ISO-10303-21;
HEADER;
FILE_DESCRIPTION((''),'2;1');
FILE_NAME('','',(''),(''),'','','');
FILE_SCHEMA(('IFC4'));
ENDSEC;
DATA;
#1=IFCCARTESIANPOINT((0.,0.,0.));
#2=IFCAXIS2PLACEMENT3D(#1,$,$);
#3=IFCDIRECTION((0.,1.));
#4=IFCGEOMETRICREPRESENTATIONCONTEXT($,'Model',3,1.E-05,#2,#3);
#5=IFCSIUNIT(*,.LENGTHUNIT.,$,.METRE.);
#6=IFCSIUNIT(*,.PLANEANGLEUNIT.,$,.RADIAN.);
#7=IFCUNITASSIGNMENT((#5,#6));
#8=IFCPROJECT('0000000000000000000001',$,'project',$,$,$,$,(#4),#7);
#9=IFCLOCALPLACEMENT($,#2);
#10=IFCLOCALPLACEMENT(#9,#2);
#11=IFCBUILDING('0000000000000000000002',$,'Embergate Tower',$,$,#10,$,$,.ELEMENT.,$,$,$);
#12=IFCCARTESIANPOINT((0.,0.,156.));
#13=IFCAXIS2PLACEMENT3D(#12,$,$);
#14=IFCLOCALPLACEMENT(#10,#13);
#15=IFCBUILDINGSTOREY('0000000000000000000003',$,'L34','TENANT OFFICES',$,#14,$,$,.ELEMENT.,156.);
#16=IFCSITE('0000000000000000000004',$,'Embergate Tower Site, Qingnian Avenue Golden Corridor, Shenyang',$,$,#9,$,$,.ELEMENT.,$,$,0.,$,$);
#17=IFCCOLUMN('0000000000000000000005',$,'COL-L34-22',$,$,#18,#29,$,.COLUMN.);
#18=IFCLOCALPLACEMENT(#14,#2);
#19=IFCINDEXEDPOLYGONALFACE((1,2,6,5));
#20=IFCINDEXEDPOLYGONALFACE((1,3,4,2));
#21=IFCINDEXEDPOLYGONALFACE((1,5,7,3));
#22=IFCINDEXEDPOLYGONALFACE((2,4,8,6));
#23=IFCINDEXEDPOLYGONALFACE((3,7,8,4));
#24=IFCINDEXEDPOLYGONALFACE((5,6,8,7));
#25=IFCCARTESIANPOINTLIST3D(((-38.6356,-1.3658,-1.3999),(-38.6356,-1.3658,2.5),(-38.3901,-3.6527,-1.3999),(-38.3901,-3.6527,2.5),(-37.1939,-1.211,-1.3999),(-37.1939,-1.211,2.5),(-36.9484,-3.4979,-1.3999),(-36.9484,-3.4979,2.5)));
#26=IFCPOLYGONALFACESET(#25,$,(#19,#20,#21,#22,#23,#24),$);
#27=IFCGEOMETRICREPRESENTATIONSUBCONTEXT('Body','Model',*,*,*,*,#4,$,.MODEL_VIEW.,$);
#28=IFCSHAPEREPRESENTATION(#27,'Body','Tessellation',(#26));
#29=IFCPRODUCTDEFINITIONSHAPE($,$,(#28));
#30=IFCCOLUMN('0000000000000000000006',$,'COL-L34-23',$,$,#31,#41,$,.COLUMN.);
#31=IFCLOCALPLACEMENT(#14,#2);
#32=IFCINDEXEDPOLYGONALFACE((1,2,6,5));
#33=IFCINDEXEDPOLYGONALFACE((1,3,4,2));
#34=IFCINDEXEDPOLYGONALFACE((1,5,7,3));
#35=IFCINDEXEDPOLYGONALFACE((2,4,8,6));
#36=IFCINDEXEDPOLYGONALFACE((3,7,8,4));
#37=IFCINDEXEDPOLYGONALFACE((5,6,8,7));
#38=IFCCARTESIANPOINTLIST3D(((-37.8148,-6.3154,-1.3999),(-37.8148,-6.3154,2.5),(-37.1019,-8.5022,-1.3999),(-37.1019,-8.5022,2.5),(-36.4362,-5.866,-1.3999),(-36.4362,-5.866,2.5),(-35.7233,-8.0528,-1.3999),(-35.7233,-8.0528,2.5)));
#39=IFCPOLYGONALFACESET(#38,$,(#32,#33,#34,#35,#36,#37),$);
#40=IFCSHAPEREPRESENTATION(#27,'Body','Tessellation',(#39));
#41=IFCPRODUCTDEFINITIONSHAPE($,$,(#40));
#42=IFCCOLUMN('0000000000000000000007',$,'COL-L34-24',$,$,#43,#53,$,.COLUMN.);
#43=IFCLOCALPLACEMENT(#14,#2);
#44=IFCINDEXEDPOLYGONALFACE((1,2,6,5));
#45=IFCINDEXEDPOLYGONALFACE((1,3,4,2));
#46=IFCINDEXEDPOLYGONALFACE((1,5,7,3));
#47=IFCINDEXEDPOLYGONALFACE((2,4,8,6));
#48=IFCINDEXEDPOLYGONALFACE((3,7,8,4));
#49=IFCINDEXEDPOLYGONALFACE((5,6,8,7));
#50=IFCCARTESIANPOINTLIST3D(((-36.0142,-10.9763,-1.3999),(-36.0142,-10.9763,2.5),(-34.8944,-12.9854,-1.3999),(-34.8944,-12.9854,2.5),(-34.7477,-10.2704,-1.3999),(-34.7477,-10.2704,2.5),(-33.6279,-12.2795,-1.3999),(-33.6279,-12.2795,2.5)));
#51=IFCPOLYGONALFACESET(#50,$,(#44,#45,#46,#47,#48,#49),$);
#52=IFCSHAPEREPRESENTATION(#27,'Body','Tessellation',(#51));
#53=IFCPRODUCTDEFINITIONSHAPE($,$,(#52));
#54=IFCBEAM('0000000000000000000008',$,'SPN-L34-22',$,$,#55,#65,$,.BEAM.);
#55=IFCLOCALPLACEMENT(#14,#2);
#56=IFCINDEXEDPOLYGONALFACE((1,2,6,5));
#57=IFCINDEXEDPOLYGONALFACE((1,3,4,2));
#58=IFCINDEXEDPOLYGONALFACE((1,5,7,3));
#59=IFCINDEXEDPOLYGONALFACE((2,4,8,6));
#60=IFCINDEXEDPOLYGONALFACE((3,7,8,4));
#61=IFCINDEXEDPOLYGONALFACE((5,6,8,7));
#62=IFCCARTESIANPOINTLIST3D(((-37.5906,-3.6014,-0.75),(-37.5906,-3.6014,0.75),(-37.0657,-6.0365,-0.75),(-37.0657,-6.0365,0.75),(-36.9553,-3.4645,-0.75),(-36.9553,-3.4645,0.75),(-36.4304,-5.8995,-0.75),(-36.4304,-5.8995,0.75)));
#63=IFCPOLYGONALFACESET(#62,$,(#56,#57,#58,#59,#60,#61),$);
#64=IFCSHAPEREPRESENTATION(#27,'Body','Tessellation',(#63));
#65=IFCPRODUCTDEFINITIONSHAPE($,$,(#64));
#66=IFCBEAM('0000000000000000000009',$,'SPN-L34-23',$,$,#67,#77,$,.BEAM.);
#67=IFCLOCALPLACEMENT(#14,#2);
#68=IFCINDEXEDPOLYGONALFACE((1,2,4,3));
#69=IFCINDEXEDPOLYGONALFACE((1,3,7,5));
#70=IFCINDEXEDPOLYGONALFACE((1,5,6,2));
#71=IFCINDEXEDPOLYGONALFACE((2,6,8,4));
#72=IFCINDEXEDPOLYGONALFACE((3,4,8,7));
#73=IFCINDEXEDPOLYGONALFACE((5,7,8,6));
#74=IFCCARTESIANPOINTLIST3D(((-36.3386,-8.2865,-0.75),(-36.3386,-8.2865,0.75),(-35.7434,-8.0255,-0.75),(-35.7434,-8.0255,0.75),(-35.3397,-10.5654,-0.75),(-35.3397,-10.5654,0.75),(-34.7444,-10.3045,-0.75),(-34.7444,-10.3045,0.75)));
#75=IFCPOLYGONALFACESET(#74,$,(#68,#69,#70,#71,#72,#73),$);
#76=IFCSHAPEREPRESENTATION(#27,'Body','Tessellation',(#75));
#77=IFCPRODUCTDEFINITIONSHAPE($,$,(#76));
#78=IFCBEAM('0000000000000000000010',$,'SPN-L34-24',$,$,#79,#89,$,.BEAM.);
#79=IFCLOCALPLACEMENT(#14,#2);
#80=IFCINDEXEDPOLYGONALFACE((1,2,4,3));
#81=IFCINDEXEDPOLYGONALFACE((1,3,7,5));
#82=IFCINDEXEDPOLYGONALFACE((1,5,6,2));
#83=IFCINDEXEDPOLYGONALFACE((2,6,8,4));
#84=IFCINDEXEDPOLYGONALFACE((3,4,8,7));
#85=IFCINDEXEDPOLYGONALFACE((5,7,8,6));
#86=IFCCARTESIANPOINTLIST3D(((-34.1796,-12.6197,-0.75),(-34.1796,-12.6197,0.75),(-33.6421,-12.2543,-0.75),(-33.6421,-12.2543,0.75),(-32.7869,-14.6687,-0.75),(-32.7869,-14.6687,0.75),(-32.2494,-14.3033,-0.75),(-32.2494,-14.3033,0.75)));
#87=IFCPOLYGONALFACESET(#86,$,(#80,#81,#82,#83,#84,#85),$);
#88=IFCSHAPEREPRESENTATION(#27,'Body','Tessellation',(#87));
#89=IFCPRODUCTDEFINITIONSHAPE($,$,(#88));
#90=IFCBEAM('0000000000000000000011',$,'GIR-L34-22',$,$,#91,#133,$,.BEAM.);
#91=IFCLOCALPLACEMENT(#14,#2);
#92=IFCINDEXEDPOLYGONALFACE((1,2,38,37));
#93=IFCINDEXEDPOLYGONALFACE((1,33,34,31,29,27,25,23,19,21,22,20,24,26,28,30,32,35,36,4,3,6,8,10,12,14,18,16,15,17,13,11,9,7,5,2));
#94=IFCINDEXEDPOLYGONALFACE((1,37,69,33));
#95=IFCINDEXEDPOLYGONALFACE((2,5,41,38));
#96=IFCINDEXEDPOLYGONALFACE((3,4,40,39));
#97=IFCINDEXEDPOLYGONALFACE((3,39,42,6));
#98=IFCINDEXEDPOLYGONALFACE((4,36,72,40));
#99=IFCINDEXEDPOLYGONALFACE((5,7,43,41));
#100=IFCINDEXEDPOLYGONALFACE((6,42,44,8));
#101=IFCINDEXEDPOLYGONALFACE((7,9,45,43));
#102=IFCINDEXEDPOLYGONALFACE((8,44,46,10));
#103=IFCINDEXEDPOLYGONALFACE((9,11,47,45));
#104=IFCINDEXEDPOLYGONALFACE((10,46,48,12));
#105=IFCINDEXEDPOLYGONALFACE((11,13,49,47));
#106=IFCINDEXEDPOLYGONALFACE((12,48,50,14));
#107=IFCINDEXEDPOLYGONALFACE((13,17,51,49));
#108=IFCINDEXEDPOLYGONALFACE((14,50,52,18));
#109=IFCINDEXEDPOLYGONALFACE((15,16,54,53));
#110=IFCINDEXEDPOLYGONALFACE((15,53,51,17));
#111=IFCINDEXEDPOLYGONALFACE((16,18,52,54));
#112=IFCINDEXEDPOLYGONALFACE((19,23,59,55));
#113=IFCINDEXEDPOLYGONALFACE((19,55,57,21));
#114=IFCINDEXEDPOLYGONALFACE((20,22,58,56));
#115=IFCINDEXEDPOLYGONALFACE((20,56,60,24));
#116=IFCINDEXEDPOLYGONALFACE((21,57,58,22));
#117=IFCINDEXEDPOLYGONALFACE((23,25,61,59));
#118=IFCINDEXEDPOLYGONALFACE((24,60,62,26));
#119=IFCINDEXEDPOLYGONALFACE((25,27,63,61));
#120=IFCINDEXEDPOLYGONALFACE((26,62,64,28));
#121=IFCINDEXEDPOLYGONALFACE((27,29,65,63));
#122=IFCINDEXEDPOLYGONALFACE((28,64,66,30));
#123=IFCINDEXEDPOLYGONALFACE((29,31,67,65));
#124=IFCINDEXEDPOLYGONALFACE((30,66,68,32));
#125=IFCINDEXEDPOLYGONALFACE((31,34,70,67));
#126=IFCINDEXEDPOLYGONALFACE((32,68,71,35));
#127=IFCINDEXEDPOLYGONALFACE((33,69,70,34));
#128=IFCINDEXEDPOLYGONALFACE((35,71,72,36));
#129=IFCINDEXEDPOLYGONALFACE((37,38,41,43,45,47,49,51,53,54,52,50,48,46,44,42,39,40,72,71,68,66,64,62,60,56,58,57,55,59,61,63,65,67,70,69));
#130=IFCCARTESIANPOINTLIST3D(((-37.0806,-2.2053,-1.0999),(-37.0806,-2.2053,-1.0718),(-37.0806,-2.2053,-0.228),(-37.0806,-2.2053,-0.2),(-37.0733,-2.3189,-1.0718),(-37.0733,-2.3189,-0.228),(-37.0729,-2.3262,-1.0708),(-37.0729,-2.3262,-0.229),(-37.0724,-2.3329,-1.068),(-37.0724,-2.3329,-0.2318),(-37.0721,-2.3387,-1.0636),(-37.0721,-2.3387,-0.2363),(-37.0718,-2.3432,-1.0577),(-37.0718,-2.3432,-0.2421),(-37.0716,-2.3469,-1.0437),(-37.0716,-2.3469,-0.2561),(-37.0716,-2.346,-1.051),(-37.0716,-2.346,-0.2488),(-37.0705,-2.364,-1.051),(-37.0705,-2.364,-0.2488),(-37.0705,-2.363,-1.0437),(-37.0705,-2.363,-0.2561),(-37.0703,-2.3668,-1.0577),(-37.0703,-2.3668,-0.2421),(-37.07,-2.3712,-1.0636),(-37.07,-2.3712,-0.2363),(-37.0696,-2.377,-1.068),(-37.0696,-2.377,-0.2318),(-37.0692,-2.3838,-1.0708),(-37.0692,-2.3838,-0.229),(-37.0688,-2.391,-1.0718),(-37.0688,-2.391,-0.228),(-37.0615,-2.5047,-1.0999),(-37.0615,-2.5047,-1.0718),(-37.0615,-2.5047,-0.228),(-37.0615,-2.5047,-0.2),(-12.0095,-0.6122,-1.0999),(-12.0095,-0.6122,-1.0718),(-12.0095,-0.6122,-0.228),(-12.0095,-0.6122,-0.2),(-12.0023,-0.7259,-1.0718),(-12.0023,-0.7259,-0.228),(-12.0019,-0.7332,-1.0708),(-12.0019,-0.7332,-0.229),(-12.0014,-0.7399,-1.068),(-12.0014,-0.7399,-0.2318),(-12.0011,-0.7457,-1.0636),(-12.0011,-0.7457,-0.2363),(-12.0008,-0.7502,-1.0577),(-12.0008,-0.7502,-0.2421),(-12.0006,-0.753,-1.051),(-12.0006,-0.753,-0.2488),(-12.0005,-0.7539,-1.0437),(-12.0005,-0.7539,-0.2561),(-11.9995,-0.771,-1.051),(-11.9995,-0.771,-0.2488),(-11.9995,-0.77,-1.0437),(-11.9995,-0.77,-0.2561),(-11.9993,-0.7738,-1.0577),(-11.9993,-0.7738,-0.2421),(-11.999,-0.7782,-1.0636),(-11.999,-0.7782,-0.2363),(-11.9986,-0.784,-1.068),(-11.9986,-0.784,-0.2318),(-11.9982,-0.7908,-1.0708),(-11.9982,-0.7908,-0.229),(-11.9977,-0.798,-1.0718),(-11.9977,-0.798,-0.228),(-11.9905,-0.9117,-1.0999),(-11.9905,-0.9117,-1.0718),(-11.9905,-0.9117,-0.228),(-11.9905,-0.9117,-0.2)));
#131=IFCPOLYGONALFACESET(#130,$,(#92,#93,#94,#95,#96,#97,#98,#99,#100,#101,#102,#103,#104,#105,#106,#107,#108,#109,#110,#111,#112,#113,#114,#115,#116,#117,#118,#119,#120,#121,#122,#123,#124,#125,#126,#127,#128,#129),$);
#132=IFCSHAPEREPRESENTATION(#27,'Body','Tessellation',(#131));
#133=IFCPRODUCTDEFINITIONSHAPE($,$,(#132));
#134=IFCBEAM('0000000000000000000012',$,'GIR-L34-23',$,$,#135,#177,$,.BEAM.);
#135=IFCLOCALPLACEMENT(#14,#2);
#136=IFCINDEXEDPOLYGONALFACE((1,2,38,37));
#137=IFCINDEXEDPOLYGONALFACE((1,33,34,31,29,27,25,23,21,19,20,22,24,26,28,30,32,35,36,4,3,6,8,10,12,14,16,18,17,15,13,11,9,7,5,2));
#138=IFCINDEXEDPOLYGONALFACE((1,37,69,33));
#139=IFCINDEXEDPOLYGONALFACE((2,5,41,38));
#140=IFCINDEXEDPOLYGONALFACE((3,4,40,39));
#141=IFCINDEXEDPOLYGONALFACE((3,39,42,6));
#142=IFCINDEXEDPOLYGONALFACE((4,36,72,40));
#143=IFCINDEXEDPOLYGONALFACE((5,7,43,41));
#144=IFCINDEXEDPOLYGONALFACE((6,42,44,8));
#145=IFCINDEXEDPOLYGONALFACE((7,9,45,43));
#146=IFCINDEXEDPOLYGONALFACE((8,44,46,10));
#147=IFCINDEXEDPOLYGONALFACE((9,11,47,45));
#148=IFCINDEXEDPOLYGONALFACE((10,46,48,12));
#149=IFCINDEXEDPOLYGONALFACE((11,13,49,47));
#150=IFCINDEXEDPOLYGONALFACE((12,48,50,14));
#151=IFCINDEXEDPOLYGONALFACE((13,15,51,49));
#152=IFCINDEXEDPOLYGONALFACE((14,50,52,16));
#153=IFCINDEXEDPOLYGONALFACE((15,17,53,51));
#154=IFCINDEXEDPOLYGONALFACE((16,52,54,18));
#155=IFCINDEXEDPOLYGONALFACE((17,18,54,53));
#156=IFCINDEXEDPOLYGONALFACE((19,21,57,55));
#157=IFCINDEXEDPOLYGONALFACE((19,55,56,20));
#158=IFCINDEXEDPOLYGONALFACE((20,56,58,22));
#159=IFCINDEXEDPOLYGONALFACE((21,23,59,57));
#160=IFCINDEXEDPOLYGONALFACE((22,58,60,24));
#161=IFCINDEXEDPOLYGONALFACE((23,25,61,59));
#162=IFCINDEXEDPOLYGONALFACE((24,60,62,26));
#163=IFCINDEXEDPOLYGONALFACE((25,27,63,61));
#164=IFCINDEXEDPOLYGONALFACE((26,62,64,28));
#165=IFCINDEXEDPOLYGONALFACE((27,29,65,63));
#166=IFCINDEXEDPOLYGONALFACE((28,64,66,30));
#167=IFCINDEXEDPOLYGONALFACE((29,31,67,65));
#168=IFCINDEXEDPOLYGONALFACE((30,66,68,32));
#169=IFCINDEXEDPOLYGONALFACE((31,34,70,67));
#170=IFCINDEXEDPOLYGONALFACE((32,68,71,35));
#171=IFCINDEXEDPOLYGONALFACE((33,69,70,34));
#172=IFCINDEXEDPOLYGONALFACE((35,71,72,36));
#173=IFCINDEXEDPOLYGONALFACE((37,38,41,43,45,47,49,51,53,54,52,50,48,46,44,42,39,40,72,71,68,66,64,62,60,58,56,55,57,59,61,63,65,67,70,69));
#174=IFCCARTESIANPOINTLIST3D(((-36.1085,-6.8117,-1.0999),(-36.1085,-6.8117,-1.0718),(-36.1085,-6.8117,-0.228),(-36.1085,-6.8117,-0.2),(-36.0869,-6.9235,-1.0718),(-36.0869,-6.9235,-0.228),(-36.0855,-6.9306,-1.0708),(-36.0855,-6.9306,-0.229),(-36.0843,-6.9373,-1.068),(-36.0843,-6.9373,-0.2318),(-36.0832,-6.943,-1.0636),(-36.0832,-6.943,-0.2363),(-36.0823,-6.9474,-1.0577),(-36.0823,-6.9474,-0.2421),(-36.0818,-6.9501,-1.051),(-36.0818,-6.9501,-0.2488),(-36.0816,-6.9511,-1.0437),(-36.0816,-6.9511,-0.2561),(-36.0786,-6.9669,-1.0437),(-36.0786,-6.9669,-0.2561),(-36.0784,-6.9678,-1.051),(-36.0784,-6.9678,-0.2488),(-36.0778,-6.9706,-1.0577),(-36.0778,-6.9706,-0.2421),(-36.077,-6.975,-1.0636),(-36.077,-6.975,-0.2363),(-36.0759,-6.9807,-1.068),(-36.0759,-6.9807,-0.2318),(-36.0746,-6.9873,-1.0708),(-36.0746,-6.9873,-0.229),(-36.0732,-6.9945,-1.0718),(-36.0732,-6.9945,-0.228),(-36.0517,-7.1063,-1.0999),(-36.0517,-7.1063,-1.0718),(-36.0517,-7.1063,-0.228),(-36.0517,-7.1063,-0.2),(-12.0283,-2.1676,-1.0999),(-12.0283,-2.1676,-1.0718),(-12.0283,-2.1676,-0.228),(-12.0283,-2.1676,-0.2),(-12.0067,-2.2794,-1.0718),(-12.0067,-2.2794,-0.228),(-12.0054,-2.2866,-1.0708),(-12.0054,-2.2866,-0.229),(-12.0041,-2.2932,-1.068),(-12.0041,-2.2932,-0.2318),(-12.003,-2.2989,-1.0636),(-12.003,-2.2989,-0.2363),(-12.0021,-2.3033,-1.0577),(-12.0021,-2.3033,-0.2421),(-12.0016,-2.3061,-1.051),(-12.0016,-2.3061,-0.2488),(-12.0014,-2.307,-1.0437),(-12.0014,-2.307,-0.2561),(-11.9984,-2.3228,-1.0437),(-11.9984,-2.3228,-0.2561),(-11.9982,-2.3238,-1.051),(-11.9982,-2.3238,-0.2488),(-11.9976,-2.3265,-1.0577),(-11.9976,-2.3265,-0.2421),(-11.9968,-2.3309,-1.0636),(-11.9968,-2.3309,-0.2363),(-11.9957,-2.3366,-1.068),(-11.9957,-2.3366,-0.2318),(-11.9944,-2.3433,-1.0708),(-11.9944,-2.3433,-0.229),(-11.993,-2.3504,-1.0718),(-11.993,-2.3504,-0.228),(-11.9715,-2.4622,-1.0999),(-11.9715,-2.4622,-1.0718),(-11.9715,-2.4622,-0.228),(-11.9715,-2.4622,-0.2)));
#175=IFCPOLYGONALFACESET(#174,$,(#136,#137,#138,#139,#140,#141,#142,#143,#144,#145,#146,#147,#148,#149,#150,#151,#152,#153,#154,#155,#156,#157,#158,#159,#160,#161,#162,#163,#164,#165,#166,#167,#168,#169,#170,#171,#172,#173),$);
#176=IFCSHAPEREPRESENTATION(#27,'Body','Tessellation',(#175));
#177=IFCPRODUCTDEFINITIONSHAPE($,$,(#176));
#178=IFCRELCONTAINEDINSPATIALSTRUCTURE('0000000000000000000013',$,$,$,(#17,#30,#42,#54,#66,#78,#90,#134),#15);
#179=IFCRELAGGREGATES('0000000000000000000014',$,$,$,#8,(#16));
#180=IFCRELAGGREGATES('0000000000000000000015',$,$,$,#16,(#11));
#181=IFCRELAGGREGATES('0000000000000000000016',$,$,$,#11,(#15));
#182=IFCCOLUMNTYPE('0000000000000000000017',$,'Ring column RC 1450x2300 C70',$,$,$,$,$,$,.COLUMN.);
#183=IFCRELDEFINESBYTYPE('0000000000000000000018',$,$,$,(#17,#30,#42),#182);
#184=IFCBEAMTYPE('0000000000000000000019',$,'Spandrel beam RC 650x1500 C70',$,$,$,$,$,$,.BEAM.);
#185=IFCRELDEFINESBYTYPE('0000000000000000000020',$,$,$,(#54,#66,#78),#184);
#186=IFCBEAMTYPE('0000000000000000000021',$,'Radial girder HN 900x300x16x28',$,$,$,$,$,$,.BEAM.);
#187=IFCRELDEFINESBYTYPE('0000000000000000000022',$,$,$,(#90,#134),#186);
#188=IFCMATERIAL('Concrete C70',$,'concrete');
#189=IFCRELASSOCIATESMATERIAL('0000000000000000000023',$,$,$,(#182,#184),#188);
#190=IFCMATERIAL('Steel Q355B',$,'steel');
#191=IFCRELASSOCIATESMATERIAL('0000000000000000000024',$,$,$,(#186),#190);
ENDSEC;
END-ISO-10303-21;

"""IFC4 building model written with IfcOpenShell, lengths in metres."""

from ifc_helpers import new_model, si_unit, direction, frame, origin, origin_2d, place, context, subcontext, project, spatial, rectangle, i_section, extrude, source, transform, mapped, material, material_profile, profile_set, type_object, element, save


model = new_model("IFC4")

# Units and contexts
model_context = context("Model", 3, precision=1e-05, world=origin(), true_north=direction((0.0, 1.0)))
body_context = subcontext(model_context, "Body", "Model", "MODEL_VIEW")
ifc_project = project(units=[si_unit("LENGTHUNIT", "METRE"), si_unit("PLANEANGLEUNIT", "RADIAN")], contexts=[model_context])

# Site, building, storey
site_placement = place(None, origin())
site = spatial("IfcSite", under=ifc_project, at=site_placement, Name="Embergate Tower Site, Qingnian Avenue Golden Corridor, Shenyang", CompositionType="ELEMENT", RefElevation=0.0)
building_placement = place(site_placement, origin())
building = spatial("IfcBuilding", under=site, at=building_placement, Name="Embergate Tower", CompositionType="ELEMENT")
storey_placement = place(building_placement, frame((0.0, 0.0, 156.0)))
storey = spatial("IfcBuildingStorey", under=building, at=storey_placement, Name="L34", Description="TENANT OFFICES", CompositionType="ELEMENT", Elevation=156.0)

# Columns
ifc_material_1 = material(Name="Concrete C70", Category="concrete")
ifc_material_profile_1 = material_profile(ifc_material_1, rectangle(XDim=1.45, YDim=2.3, at=origin_2d()), Name="RC 1450x2300")
ifc_profile_set_1 = profile_set([ifc_material_profile_1], Name="Concrete C70")
column_type = type_object("IfcColumnType", Name="Ring column RC 1450x2300 C70", PredefinedType="COLUMN", material=ifc_profile_set_1)
shared_shape_1 = source(origin(), body_context, "Body", "SweptSolid", [
    extrude(rectangle(XDim=1.45, YDim=2.3, at=origin_2d()), origin(), (0.0, 0.0, 1.0), 3.8999),
])
for number, where, z_axis, x_axis, name in (
    (1, (-37.792, -2.4319, -1.3999), (0.0, 0.0, 1.0), (-0.994286, -0.10675, 0.0), "COL-L34-22"),
    (2, (-36.769, -7.1841, -1.3999), (0.0, 0.0, 1.0), (-0.950754, -0.309946, 0.0), "COL-L34-23"),
    (3, (-34.821, -11.6279, -1.3999), (0.0, 0.0, 1.0), (-0.873492, -0.486839, 0.0), "COL-L34-24"),
):
    element("IfcColumn", number, at=place(storey_placement, frame(where, z_axis=z_axis, x_axis=x_axis)), inside=storey, type_object=column_type, Name=name, PredefinedType="COLUMN", context=body_context, shape_type="MappedRepresentation", body=[
        mapped(shared_shape_1, transform((0.0, 0.0, 0.0))),
    ])

# Beams
ifc_material_profile_2 = material_profile(ifc_material_1, rectangle(XDim=0.6499, YDim=1.5, at=origin_2d()), Name="RC 650x1500")
ifc_profile_set_2 = profile_set([ifc_material_profile_2], Name="Concrete C70")
beam_type_1 = type_object("IfcBeamType", Name="Spandrel beam RC 650x1500 C70", PredefinedType="BEAM", material=ifc_profile_set_2)
shared_shape_2 = source(origin(), body_context, "Body", "SweptSolid", [
    extrude(rectangle(XDim=0.6499, YDim=1.5, at=origin_2d()), origin(), (0.0, 0.0, 1.0), 2.491),
])
beam_1_placement = place(storey_placement, frame((-37.2729, -3.533, 0.0), z_axis=(0.21072, -0.977546, 0.0), x_axis=(0.977546, 0.21072, 0.0)))
element("IfcBeam", 4, at=beam_1_placement, inside=storey, type_object=beam_type_1, Name="SPN-L34-22", PredefinedType="BEAM", context=body_context, shape_type="MappedRepresentation", body=[
    mapped(shared_shape_2, transform((0.0, 0.0, 0.0))),
])
shared_shape_3 = source(origin(), body_context, "Body", "SweptSolid", [
    extrude(rectangle(XDim=0.6499, YDim=1.5, at=origin_2d()), origin(), (0.0, 0.0, 1.0), 2.4883),
])
beam_2_placement = place(storey_placement, frame((-36.041, -8.156, 0.0), z_axis=(0.401472, -0.915871, 0.0), x_axis=(0.915871, 0.401472, 0.0)))
element("IfcBeam", 5, at=beam_2_placement, inside=storey, type_object=beam_type_1, Name="SPN-L34-23", PredefinedType="BEAM", context=body_context, shape_type="MappedRepresentation", body=[
    mapped(shared_shape_3, transform((0.0, 0.0, 0.0))),
])
shared_shape_4 = source(origin(), body_context, "Body", "SweptSolid", [
    extrude(rectangle(XDim=0.6499, YDim=1.5, at=origin_2d()), origin(), (0.0, 0.0, 1.0), 2.4775),
])
beam_3_placement = place(storey_placement, frame((-33.9109, -12.437, 0.0), z_axis=(0.562159, -0.827029, 0.0), x_axis=(0.827029, 0.562159, 0.0)))
element("IfcBeam", 6, at=beam_3_placement, inside=storey, type_object=beam_type_1, Name="SPN-L34-24", PredefinedType="BEAM", context=body_context, shape_type="MappedRepresentation", body=[
    mapped(shared_shape_4, transform((0.0, 0.0, 0.0))),
])
ifc_material_2 = material(Name="Steel Q355B", Category="steel")
ifc_material_profile_3 = material_profile(ifc_material_2, i_section(OverallWidth=0.3, OverallDepth=0.8999, WebThickness=0.0161, FlangeThickness=0.0281, FilletRadius=0.0281, at=origin_2d()), Name="HN 900x300x16x28")
ifc_profile_set_3 = profile_set([ifc_material_profile_3], Name="Steel Q355 grade B")
beam_type_2 = type_object("IfcBeamType", Name="Radial girder HN 900x300x16x28", PredefinedType="BEAM", material=ifc_profile_set_3)
shared_shape_5 = source(origin(), body_context, "Body", "SweptSolid", [
    extrude(i_section(OverallWidth=0.3, OverallDepth=0.8999, WebThickness=0.0161, FlangeThickness=0.0281, FilletRadius=0.0281, at=origin_2d()), origin(), (0.0, 0.0, 1.0), 25.1216),
])
beam_4_placement = place(storey_placement, frame((-37.071, -2.355, -0.6499), z_axis=(0.997987, 0.063412, 0.0), x_axis=(-0.063412, 0.997987, 0.0)))
element("IfcBeam", 7, at=beam_4_placement, inside=storey, type_object=beam_type_2, Name="GIR-L34-22", PredefinedType="BEAM", context=body_context, shape_type="MappedRepresentation", body=[
    mapped(shared_shape_5, transform((0.0, 0.0, 0.0))),
])
shared_shape_6 = source(origin(), body_context, "Body", "SweptSolid", [
    extrude(i_section(OverallWidth=0.3, OverallDepth=0.8999, WebThickness=0.0161, FlangeThickness=0.0281, FilletRadius=0.0281, at=origin_2d()), origin(), (0.0, 0.0, 1.0), 24.5239),
])
beam_5_placement = place(storey_placement, frame((-36.0801, -6.959, -0.6499), z_axis=(0.981906, 0.189369, 0.0), x_axis=(-0.189369, 0.981906, 0.0)))
element("IfcBeam", 8, at=beam_5_placement, inside=storey, type_object=beam_type_2, Name="GIR-L34-23", PredefinedType="BEAM", context=body_context, shape_type="MappedRepresentation", body=[
    mapped(shared_shape_6, transform((0.0, 0.0, 0.0))),
])

save(model, "model.ifc")
